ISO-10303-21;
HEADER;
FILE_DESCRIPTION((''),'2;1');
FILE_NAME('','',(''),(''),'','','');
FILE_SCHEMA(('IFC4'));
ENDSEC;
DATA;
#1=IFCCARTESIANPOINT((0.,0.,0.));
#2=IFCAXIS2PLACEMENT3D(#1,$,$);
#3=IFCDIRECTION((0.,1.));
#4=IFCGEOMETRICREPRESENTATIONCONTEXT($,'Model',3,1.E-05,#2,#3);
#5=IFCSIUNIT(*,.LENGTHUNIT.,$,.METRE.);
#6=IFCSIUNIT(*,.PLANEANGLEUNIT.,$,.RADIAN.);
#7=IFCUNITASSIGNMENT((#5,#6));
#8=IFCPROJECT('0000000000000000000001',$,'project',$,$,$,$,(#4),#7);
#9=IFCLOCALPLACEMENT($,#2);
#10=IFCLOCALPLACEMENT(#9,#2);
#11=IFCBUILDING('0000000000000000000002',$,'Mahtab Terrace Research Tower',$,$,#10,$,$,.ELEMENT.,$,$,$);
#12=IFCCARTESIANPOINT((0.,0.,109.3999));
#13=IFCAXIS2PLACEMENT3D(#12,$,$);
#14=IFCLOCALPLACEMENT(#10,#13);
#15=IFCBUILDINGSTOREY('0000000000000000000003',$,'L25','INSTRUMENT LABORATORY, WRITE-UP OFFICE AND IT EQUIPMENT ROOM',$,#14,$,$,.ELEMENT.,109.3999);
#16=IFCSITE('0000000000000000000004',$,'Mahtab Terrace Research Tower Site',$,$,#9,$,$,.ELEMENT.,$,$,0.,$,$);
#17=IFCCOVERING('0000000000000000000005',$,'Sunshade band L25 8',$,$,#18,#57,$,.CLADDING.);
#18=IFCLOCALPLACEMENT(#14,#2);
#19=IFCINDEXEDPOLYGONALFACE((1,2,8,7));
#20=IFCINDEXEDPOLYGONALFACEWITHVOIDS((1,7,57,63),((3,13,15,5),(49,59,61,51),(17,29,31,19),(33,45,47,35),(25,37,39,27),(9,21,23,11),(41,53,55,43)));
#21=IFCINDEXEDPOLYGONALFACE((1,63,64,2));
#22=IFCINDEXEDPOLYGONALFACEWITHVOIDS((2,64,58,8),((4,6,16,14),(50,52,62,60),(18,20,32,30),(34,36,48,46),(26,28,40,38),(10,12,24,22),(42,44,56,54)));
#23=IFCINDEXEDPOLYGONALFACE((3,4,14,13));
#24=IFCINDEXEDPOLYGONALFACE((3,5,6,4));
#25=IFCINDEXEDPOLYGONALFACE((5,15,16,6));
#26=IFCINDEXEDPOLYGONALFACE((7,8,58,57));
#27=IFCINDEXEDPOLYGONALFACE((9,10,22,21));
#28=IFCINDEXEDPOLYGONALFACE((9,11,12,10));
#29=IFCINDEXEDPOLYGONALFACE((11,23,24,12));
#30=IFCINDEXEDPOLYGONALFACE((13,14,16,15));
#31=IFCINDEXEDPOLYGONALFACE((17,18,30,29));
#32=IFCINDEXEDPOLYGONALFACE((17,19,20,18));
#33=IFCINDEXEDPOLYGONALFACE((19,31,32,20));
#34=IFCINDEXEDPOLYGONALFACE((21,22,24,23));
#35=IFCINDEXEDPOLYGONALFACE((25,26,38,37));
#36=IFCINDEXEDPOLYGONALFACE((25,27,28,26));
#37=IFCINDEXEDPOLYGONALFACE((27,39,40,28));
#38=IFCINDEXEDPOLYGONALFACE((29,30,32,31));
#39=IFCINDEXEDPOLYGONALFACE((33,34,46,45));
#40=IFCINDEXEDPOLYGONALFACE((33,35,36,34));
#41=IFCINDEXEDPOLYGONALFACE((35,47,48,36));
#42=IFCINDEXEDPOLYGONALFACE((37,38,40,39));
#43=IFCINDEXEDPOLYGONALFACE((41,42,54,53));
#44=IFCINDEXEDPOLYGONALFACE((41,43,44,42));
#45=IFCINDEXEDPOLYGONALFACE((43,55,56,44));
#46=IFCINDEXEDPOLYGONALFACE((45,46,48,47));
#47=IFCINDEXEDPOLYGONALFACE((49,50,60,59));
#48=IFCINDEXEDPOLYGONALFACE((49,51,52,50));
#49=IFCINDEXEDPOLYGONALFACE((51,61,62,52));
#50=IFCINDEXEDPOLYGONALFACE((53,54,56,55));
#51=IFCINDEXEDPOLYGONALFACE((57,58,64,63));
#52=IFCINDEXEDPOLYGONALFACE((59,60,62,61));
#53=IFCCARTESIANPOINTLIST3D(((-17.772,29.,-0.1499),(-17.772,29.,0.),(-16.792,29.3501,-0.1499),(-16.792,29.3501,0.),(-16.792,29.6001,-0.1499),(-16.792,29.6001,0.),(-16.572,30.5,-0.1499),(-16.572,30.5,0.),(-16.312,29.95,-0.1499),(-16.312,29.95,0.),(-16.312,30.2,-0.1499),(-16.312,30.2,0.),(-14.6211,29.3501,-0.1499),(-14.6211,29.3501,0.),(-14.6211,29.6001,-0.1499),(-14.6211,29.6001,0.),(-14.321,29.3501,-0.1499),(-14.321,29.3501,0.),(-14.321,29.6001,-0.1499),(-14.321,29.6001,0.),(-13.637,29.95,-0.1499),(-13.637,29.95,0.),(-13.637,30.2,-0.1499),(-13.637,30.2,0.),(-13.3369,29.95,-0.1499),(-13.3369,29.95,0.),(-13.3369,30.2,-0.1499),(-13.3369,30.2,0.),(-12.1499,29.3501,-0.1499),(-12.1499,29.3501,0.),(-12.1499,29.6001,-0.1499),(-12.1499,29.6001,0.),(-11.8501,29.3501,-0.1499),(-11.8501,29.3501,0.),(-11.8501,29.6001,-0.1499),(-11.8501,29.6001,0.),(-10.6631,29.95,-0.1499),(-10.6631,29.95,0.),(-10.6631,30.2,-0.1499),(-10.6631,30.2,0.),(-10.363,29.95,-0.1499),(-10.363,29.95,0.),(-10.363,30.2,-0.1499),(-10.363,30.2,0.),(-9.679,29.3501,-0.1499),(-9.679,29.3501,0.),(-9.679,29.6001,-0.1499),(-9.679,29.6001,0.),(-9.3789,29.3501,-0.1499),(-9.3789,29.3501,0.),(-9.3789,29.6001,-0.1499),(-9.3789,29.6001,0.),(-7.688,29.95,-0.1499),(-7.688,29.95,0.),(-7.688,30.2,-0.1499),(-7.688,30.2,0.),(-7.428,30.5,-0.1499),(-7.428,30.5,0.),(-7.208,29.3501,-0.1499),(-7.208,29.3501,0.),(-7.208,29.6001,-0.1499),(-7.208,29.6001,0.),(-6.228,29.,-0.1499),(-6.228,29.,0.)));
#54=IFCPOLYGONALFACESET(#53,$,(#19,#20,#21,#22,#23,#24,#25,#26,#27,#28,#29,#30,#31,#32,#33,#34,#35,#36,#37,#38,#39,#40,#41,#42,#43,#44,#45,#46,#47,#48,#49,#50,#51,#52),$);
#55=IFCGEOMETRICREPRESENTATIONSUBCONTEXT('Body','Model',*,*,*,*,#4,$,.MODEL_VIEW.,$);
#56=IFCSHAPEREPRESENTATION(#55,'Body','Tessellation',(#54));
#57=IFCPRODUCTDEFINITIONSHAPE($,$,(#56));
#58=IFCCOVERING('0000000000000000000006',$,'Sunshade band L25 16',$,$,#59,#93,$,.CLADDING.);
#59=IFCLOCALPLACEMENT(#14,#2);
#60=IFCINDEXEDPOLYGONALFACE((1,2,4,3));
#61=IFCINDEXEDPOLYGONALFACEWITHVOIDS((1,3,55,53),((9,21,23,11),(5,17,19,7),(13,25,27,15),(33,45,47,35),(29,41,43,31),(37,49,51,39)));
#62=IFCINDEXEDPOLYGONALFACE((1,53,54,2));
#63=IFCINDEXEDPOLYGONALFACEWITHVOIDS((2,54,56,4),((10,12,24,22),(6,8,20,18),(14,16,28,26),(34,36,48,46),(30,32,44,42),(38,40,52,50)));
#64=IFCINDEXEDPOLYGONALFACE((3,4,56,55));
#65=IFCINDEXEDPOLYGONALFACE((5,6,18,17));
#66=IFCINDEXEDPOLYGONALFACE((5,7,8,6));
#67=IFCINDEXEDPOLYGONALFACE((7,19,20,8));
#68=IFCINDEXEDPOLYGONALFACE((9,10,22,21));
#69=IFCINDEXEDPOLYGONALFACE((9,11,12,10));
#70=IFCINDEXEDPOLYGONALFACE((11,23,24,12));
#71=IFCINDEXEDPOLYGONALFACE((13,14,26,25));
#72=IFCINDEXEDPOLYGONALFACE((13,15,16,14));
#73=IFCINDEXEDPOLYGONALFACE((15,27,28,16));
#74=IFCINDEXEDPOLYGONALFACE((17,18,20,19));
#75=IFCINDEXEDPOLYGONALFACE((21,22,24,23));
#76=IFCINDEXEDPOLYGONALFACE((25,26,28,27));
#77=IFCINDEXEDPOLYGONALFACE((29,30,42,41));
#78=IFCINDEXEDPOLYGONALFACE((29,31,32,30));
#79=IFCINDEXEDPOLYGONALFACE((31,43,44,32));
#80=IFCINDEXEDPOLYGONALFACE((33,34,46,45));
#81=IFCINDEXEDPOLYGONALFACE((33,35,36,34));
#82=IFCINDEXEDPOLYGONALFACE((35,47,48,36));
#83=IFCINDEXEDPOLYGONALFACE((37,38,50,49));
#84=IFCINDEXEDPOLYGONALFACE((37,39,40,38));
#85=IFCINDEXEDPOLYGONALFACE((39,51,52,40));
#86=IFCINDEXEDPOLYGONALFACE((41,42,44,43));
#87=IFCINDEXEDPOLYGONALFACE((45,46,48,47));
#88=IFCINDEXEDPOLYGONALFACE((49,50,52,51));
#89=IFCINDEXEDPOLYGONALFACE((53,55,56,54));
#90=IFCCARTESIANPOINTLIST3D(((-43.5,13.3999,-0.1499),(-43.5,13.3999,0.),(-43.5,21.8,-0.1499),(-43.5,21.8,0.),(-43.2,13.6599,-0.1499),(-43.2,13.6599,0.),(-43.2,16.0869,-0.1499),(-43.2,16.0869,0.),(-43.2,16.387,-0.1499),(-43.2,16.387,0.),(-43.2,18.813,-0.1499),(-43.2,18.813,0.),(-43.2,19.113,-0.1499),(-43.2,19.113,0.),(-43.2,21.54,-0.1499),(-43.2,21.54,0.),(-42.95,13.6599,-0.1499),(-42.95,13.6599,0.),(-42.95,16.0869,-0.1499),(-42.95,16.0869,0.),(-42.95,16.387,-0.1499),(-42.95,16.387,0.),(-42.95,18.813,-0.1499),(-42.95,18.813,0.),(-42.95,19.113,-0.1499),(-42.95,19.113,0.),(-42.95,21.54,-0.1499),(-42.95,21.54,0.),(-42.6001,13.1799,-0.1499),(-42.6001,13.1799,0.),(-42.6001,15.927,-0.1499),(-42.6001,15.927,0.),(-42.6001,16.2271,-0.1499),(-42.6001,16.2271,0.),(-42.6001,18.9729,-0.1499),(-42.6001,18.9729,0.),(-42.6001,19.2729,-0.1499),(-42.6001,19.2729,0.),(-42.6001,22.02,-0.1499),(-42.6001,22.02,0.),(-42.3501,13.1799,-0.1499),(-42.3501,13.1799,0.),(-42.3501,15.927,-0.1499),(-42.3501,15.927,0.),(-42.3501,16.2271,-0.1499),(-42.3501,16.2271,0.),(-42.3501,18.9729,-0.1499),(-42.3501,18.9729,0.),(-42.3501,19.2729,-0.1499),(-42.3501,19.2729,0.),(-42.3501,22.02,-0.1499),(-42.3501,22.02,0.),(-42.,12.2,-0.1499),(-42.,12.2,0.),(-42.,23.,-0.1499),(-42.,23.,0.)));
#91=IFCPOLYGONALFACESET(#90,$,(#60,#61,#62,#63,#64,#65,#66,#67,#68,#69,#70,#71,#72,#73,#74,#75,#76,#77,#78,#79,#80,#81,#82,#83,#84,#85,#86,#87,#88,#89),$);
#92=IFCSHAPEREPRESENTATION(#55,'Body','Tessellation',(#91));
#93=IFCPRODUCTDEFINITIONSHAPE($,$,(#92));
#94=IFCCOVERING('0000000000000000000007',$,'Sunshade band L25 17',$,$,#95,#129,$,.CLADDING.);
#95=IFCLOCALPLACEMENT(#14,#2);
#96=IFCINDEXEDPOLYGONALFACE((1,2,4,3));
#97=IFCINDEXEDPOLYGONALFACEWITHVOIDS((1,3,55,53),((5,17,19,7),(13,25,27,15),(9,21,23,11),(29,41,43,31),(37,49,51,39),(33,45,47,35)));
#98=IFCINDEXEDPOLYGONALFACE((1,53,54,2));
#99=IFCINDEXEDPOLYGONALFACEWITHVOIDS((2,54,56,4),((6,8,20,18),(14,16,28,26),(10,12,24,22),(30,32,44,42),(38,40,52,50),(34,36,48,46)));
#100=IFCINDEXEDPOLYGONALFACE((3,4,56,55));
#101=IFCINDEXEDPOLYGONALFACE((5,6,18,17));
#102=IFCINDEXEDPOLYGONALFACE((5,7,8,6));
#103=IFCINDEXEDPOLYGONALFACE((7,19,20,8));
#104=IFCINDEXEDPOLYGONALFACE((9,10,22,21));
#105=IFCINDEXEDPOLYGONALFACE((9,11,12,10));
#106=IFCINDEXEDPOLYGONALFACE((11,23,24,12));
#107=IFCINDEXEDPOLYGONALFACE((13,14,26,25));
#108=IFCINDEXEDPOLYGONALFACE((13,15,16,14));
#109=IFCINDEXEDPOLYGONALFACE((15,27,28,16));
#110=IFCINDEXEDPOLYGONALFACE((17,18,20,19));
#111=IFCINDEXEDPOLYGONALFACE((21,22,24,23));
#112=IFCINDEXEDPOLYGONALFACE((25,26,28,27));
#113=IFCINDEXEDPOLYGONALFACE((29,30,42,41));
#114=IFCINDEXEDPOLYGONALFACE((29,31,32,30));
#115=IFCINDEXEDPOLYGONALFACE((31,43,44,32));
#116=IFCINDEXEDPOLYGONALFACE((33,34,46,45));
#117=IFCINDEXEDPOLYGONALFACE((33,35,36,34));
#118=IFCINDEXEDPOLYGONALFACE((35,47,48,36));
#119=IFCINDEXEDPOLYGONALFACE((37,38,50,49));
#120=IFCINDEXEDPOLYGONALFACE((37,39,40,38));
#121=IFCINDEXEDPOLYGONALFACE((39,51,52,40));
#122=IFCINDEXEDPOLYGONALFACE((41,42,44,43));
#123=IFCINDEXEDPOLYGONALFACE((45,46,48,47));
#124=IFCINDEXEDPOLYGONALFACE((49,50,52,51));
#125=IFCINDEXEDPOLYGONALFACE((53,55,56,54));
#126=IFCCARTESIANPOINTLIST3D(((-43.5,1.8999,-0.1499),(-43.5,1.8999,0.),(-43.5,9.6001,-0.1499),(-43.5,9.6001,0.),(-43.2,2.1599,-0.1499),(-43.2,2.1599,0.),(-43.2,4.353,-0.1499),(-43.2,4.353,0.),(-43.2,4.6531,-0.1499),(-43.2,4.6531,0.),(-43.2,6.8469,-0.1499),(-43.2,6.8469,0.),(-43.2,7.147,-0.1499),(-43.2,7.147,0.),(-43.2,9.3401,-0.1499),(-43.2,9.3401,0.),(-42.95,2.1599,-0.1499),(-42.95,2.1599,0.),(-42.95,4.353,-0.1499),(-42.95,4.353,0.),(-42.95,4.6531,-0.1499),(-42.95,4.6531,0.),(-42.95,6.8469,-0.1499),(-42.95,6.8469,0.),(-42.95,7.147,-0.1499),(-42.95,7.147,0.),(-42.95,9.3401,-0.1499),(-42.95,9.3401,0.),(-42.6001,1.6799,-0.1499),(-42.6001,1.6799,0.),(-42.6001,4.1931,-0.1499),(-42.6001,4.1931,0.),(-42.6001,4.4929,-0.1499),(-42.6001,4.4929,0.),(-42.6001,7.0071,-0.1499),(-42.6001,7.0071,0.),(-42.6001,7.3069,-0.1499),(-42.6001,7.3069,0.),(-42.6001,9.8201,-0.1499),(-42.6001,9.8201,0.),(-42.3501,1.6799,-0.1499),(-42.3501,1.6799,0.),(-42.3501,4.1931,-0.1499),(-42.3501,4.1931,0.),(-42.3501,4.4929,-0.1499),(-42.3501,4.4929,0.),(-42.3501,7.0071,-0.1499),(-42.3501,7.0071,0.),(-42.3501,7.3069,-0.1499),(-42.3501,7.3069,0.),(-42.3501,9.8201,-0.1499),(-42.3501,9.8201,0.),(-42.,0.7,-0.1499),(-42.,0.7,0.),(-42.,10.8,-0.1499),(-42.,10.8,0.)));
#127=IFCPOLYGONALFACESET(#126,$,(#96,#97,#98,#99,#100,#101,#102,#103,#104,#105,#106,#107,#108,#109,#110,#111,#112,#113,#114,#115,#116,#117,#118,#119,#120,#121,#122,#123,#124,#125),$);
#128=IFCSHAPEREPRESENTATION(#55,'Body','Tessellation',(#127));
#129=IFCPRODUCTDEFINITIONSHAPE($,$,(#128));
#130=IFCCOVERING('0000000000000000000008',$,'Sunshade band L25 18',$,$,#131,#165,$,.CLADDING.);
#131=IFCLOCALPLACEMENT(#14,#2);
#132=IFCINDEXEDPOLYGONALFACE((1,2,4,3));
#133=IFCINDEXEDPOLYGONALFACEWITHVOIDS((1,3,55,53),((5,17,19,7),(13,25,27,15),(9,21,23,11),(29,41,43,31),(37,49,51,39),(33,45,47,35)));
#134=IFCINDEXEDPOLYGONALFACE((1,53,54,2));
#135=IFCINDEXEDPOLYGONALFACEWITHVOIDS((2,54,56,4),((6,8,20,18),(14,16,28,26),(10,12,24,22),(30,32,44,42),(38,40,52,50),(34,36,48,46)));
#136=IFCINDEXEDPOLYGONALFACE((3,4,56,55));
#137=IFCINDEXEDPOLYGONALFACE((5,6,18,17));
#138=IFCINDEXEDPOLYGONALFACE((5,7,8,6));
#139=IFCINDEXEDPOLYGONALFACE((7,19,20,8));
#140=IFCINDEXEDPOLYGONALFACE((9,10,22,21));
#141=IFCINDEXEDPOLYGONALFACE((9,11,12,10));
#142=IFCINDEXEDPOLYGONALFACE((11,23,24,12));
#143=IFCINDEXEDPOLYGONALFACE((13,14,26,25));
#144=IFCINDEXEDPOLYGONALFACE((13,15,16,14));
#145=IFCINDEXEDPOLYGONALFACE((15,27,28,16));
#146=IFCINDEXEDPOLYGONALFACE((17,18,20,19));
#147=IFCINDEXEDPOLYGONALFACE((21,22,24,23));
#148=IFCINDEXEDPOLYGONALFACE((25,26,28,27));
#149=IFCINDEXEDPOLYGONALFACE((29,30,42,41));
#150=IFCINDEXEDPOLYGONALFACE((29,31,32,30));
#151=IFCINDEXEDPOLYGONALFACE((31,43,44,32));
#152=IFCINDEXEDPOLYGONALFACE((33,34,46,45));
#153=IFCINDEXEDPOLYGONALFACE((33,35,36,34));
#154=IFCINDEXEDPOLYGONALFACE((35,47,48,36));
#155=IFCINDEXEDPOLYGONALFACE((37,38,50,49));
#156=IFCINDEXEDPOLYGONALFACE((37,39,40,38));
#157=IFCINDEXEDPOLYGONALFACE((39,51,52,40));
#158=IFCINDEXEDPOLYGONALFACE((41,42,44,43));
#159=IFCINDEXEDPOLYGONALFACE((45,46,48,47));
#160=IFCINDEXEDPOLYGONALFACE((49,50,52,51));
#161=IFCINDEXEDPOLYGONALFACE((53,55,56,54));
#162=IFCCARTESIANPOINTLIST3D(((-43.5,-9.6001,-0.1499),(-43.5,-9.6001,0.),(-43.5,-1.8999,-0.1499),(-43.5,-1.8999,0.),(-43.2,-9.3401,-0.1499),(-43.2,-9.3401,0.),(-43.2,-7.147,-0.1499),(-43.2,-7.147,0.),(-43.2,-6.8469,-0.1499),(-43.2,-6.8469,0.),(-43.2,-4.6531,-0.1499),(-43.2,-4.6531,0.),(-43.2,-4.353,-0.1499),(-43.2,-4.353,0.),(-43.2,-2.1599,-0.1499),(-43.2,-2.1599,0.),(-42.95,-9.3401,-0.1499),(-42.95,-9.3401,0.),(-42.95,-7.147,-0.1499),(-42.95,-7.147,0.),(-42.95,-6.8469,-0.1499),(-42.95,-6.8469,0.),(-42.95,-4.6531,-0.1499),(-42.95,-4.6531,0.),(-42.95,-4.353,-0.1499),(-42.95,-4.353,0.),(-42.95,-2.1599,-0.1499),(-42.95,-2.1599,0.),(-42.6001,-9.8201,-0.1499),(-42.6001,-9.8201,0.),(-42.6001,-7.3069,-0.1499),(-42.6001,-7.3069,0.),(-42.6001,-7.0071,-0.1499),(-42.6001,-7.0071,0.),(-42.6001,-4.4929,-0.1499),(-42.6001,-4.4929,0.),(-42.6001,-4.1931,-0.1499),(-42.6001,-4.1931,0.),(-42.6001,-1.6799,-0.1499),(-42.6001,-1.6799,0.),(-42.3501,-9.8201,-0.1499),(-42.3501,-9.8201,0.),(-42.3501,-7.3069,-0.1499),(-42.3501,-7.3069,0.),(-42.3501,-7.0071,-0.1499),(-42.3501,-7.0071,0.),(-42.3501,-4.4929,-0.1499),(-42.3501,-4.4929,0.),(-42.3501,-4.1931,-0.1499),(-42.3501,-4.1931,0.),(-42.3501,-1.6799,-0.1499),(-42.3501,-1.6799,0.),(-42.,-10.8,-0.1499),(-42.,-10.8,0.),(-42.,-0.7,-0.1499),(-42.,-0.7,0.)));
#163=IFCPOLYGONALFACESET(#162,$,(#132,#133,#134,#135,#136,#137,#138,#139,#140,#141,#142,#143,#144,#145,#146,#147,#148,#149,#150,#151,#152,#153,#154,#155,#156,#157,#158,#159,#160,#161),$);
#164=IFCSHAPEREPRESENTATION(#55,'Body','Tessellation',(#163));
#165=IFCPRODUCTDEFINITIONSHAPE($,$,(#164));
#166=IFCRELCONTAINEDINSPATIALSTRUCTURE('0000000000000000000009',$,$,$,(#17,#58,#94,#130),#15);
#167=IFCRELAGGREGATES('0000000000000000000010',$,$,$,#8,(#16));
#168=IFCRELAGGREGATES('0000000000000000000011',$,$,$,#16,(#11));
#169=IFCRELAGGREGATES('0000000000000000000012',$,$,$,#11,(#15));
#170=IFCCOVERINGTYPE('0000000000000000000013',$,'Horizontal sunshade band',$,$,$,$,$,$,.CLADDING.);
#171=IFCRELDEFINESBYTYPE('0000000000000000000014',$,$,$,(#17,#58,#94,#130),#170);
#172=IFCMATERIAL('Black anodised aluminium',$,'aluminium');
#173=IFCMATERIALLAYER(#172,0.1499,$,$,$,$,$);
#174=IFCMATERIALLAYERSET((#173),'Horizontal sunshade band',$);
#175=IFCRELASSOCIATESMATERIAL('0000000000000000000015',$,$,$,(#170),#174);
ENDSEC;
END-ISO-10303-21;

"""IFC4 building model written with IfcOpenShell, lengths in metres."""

from ifc_helpers import new_model, si_unit, direction, frame, origin, place, context, subcontext, project, spatial, polyline, outline, extrude, material, layer, layer_set, type_object, element, save


model = new_model("IFC4")

# Units and contexts
model_context = context("Model", 3, precision=1e-05, world=origin(), true_north=direction((0.0, 1.0)))
body_context = subcontext(model_context, "Body", "Model", "MODEL_VIEW")
ifc_project = project(units=[si_unit("LENGTHUNIT", "METRE"), si_unit("PLANEANGLEUNIT", "RADIAN")], contexts=[model_context])

# Site, building, storey
site_placement = place(None, origin())
site = spatial("IfcSite", under=ifc_project, at=site_placement, Name="Mahtab Terrace Research Tower Site", CompositionType="ELEMENT", RefElevation=0.0)
building_placement = place(site_placement, origin())
building = spatial("IfcBuilding", under=site, at=building_placement, Name="Mahtab Terrace Research Tower", CompositionType="ELEMENT")
storey_placement = place(building_placement, frame((0.0, 0.0, 109.3999)))
storey = spatial("IfcBuildingStorey", under=building, at=storey_placement, Name="L25", Description="INSTRUMENT LABORATORY, WRITE-UP OFFICE AND IT EQUIPMENT ROOM", CompositionType="ELEMENT", Elevation=109.3999)

# Coverings
ifc_material_1 = material(Name="Black anodised aluminium", Category="aluminium")
ifc_layer_1 = layer(ifc_material_1, 0.1499)
ifc_layer_set_1 = layer_set([ifc_layer_1], Name="Horizontal sunshade band")
covering_type_1 = type_object("IfcCoveringType", Name="Horizontal sunshade band", PredefinedType="CLADDING", material=ifc_layer_set_1)
covering_1_placement = place(storey_placement, frame((0.0, 0.0, -0.1499)))
element("IfcCovering", 1, at=covering_1_placement, inside=storey, type_object=covering_type_1, Name="Sunshade band L25 8", PredefinedType="CLADDING", context=body_context, shape_type="SweptSolid", body=[
    extrude(outline(polyline([(-6.228, 29.0), (-17.772, 29.0), (-16.572, 30.5), (-7.428, 30.5), (-6.228, 29.0)]), holes=[polyline([(-7.208, 29.3501), (-9.3789, 29.3501), (-9.3789, 29.6001), (-7.208, 29.6001), (-7.208, 29.3501)]), polyline([(-9.679, 29.3501), (-11.8501, 29.3501), (-11.8501, 29.6001), (-9.679, 29.6001), (-9.679, 29.3501)]), polyline([(-12.1499, 29.3501), (-14.321, 29.3501), (-14.321, 29.6001), (-12.1499, 29.6001), (-12.1499, 29.3501)]), polyline([(-14.6211, 29.3501), (-16.792, 29.3501), (-16.792, 29.6001), (-14.6211, 29.6001), (-14.6211, 29.3501)]), polyline([(-7.688, 29.95), (-10.363, 29.95), (-10.363, 30.2), (-7.688, 30.2), (-7.688, 29.95)]), polyline([(-10.6631, 29.95), (-13.3369, 29.95), (-13.3369, 30.2), (-10.6631, 30.2), (-10.6631, 29.95)]), polyline([(-13.637, 29.95), (-16.312, 29.95), (-16.312, 30.2), (-13.637, 30.2), (-13.637, 29.95)])]), origin(), (0.0, 0.0, 1.0), 0.1499),
])
covering_2_placement = place(storey_placement, frame((0.0, 0.0, -0.1499)))
element("IfcCovering", 2, at=covering_2_placement, inside=storey, type_object=covering_type_1, Name="Sunshade band L25 16", PredefinedType="CLADDING", context=body_context, shape_type="SweptSolid", body=[
    extrude(outline(polyline([(-42.0, 23.0), (-42.0, 12.2), (-43.5, 13.3999), (-43.5, 21.8), (-42.0, 23.0)]), holes=[polyline([(-42.3501, 22.02), (-42.3501, 19.2729), (-42.6001, 19.2729), (-42.6001, 22.02), (-42.3501, 22.02)]), polyline([(-42.3501, 18.9729), (-42.3501, 16.2271), (-42.6001, 16.2271), (-42.6001, 18.9729), (-42.3501, 18.9729)]), polyline([(-42.3501, 15.927), (-42.3501, 13.1799), (-42.6001, 13.1799), (-42.6001, 15.927), (-42.3501, 15.927)]), polyline([(-42.95, 21.54), (-42.95, 19.113), (-43.2, 19.113), (-43.2, 21.54), (-42.95, 21.54)]), polyline([(-42.95, 18.813), (-42.95, 16.387), (-43.2, 16.387), (-43.2, 18.813), (-42.95, 18.813)]), polyline([(-42.95, 16.0869), (-42.95, 13.6599), (-43.2, 13.6599), (-43.2, 16.0869), (-42.95, 16.0869)])]), origin(), (0.0, 0.0, 1.0), 0.1499),
])
covering_3_placement = place(storey_placement, frame((0.0, 0.0, -0.1499)))
element("IfcCovering", 3, at=covering_3_placement, inside=storey, type_object=covering_type_1, Name="Sunshade band L25 17", PredefinedType="CLADDING", context=body_context, shape_type="SweptSolid", body=[
    extrude(outline(polyline([(-42.0, 10.8), (-42.0, 0.7), (-43.5, 1.8999), (-43.5, 9.6001), (-42.0, 10.8)]), holes=[polyline([(-42.3501, 9.8201), (-42.3501, 7.3069), (-42.6001, 7.3069), (-42.6001, 9.8201), (-42.3501, 9.8201)]), polyline([(-42.3501, 7.0071), (-42.3501, 4.4929), (-42.6001, 4.4929), (-42.6001, 7.0071), (-42.3501, 7.0071)]), polyline([(-42.3501, 4.1931), (-42.3501, 1.6799), (-42.6001, 1.6799), (-42.6001, 4.1931), (-42.3501, 4.1931)]), polyline([(-42.95, 9.3401), (-42.95, 7.147), (-43.2, 7.147), (-43.2, 9.3401), (-42.95, 9.3401)]), polyline([(-42.95, 6.8469), (-42.95, 4.6531), (-43.2, 4.6531), (-43.2, 6.8469), (-42.95, 6.8469)]), polyline([(-42.95, 4.353), (-42.95, 2.1599), (-43.2, 2.1599), (-43.2, 4.353), (-42.95, 4.353)])]), origin(), (0.0, 0.0, 1.0), 0.1499),
])
covering_4_placement = place(storey_placement, frame((0.0, 0.0, -0.1499)))
element("IfcCovering", 4, at=covering_4_placement, inside=storey, type_object=covering_type_1, Name="Sunshade band L25 18", PredefinedType="CLADDING", context=body_context, shape_type="SweptSolid", body=[
    extrude(outline(polyline([(-42.0, -0.7), (-42.0, -10.8), (-43.5, -9.6001), (-43.5, -1.8999), (-42.0, -0.7)]), holes=[polyline([(-42.3501, -1.6799), (-42.3501, -4.1931), (-42.6001, -4.1931), (-42.6001, -1.6799), (-42.3501, -1.6799)]), polyline([(-42.3501, -4.4929), (-42.3501, -7.0071), (-42.6001, -7.0071), (-42.6001, -4.4929), (-42.3501, -4.4929)]), polyline([(-42.3501, -7.3069), (-42.3501, -9.8201), (-42.6001, -9.8201), (-42.6001, -7.3069), (-42.3501, -7.3069)]), polyline([(-42.95, -2.1599), (-42.95, -4.353), (-43.2, -4.353), (-43.2, -2.1599), (-42.95, -2.1599)]), polyline([(-42.95, -4.6531), (-42.95, -6.8469), (-43.2, -6.8469), (-43.2, -4.6531), (-42.95, -4.6531)]), polyline([(-42.95, -7.147), (-42.95, -9.3401), (-43.2, -9.3401), (-43.2, -7.147), (-42.95, -7.147)])]), origin(), (0.0, 0.0, 1.0), 0.1499),
])

save(model, "model.ifc")
